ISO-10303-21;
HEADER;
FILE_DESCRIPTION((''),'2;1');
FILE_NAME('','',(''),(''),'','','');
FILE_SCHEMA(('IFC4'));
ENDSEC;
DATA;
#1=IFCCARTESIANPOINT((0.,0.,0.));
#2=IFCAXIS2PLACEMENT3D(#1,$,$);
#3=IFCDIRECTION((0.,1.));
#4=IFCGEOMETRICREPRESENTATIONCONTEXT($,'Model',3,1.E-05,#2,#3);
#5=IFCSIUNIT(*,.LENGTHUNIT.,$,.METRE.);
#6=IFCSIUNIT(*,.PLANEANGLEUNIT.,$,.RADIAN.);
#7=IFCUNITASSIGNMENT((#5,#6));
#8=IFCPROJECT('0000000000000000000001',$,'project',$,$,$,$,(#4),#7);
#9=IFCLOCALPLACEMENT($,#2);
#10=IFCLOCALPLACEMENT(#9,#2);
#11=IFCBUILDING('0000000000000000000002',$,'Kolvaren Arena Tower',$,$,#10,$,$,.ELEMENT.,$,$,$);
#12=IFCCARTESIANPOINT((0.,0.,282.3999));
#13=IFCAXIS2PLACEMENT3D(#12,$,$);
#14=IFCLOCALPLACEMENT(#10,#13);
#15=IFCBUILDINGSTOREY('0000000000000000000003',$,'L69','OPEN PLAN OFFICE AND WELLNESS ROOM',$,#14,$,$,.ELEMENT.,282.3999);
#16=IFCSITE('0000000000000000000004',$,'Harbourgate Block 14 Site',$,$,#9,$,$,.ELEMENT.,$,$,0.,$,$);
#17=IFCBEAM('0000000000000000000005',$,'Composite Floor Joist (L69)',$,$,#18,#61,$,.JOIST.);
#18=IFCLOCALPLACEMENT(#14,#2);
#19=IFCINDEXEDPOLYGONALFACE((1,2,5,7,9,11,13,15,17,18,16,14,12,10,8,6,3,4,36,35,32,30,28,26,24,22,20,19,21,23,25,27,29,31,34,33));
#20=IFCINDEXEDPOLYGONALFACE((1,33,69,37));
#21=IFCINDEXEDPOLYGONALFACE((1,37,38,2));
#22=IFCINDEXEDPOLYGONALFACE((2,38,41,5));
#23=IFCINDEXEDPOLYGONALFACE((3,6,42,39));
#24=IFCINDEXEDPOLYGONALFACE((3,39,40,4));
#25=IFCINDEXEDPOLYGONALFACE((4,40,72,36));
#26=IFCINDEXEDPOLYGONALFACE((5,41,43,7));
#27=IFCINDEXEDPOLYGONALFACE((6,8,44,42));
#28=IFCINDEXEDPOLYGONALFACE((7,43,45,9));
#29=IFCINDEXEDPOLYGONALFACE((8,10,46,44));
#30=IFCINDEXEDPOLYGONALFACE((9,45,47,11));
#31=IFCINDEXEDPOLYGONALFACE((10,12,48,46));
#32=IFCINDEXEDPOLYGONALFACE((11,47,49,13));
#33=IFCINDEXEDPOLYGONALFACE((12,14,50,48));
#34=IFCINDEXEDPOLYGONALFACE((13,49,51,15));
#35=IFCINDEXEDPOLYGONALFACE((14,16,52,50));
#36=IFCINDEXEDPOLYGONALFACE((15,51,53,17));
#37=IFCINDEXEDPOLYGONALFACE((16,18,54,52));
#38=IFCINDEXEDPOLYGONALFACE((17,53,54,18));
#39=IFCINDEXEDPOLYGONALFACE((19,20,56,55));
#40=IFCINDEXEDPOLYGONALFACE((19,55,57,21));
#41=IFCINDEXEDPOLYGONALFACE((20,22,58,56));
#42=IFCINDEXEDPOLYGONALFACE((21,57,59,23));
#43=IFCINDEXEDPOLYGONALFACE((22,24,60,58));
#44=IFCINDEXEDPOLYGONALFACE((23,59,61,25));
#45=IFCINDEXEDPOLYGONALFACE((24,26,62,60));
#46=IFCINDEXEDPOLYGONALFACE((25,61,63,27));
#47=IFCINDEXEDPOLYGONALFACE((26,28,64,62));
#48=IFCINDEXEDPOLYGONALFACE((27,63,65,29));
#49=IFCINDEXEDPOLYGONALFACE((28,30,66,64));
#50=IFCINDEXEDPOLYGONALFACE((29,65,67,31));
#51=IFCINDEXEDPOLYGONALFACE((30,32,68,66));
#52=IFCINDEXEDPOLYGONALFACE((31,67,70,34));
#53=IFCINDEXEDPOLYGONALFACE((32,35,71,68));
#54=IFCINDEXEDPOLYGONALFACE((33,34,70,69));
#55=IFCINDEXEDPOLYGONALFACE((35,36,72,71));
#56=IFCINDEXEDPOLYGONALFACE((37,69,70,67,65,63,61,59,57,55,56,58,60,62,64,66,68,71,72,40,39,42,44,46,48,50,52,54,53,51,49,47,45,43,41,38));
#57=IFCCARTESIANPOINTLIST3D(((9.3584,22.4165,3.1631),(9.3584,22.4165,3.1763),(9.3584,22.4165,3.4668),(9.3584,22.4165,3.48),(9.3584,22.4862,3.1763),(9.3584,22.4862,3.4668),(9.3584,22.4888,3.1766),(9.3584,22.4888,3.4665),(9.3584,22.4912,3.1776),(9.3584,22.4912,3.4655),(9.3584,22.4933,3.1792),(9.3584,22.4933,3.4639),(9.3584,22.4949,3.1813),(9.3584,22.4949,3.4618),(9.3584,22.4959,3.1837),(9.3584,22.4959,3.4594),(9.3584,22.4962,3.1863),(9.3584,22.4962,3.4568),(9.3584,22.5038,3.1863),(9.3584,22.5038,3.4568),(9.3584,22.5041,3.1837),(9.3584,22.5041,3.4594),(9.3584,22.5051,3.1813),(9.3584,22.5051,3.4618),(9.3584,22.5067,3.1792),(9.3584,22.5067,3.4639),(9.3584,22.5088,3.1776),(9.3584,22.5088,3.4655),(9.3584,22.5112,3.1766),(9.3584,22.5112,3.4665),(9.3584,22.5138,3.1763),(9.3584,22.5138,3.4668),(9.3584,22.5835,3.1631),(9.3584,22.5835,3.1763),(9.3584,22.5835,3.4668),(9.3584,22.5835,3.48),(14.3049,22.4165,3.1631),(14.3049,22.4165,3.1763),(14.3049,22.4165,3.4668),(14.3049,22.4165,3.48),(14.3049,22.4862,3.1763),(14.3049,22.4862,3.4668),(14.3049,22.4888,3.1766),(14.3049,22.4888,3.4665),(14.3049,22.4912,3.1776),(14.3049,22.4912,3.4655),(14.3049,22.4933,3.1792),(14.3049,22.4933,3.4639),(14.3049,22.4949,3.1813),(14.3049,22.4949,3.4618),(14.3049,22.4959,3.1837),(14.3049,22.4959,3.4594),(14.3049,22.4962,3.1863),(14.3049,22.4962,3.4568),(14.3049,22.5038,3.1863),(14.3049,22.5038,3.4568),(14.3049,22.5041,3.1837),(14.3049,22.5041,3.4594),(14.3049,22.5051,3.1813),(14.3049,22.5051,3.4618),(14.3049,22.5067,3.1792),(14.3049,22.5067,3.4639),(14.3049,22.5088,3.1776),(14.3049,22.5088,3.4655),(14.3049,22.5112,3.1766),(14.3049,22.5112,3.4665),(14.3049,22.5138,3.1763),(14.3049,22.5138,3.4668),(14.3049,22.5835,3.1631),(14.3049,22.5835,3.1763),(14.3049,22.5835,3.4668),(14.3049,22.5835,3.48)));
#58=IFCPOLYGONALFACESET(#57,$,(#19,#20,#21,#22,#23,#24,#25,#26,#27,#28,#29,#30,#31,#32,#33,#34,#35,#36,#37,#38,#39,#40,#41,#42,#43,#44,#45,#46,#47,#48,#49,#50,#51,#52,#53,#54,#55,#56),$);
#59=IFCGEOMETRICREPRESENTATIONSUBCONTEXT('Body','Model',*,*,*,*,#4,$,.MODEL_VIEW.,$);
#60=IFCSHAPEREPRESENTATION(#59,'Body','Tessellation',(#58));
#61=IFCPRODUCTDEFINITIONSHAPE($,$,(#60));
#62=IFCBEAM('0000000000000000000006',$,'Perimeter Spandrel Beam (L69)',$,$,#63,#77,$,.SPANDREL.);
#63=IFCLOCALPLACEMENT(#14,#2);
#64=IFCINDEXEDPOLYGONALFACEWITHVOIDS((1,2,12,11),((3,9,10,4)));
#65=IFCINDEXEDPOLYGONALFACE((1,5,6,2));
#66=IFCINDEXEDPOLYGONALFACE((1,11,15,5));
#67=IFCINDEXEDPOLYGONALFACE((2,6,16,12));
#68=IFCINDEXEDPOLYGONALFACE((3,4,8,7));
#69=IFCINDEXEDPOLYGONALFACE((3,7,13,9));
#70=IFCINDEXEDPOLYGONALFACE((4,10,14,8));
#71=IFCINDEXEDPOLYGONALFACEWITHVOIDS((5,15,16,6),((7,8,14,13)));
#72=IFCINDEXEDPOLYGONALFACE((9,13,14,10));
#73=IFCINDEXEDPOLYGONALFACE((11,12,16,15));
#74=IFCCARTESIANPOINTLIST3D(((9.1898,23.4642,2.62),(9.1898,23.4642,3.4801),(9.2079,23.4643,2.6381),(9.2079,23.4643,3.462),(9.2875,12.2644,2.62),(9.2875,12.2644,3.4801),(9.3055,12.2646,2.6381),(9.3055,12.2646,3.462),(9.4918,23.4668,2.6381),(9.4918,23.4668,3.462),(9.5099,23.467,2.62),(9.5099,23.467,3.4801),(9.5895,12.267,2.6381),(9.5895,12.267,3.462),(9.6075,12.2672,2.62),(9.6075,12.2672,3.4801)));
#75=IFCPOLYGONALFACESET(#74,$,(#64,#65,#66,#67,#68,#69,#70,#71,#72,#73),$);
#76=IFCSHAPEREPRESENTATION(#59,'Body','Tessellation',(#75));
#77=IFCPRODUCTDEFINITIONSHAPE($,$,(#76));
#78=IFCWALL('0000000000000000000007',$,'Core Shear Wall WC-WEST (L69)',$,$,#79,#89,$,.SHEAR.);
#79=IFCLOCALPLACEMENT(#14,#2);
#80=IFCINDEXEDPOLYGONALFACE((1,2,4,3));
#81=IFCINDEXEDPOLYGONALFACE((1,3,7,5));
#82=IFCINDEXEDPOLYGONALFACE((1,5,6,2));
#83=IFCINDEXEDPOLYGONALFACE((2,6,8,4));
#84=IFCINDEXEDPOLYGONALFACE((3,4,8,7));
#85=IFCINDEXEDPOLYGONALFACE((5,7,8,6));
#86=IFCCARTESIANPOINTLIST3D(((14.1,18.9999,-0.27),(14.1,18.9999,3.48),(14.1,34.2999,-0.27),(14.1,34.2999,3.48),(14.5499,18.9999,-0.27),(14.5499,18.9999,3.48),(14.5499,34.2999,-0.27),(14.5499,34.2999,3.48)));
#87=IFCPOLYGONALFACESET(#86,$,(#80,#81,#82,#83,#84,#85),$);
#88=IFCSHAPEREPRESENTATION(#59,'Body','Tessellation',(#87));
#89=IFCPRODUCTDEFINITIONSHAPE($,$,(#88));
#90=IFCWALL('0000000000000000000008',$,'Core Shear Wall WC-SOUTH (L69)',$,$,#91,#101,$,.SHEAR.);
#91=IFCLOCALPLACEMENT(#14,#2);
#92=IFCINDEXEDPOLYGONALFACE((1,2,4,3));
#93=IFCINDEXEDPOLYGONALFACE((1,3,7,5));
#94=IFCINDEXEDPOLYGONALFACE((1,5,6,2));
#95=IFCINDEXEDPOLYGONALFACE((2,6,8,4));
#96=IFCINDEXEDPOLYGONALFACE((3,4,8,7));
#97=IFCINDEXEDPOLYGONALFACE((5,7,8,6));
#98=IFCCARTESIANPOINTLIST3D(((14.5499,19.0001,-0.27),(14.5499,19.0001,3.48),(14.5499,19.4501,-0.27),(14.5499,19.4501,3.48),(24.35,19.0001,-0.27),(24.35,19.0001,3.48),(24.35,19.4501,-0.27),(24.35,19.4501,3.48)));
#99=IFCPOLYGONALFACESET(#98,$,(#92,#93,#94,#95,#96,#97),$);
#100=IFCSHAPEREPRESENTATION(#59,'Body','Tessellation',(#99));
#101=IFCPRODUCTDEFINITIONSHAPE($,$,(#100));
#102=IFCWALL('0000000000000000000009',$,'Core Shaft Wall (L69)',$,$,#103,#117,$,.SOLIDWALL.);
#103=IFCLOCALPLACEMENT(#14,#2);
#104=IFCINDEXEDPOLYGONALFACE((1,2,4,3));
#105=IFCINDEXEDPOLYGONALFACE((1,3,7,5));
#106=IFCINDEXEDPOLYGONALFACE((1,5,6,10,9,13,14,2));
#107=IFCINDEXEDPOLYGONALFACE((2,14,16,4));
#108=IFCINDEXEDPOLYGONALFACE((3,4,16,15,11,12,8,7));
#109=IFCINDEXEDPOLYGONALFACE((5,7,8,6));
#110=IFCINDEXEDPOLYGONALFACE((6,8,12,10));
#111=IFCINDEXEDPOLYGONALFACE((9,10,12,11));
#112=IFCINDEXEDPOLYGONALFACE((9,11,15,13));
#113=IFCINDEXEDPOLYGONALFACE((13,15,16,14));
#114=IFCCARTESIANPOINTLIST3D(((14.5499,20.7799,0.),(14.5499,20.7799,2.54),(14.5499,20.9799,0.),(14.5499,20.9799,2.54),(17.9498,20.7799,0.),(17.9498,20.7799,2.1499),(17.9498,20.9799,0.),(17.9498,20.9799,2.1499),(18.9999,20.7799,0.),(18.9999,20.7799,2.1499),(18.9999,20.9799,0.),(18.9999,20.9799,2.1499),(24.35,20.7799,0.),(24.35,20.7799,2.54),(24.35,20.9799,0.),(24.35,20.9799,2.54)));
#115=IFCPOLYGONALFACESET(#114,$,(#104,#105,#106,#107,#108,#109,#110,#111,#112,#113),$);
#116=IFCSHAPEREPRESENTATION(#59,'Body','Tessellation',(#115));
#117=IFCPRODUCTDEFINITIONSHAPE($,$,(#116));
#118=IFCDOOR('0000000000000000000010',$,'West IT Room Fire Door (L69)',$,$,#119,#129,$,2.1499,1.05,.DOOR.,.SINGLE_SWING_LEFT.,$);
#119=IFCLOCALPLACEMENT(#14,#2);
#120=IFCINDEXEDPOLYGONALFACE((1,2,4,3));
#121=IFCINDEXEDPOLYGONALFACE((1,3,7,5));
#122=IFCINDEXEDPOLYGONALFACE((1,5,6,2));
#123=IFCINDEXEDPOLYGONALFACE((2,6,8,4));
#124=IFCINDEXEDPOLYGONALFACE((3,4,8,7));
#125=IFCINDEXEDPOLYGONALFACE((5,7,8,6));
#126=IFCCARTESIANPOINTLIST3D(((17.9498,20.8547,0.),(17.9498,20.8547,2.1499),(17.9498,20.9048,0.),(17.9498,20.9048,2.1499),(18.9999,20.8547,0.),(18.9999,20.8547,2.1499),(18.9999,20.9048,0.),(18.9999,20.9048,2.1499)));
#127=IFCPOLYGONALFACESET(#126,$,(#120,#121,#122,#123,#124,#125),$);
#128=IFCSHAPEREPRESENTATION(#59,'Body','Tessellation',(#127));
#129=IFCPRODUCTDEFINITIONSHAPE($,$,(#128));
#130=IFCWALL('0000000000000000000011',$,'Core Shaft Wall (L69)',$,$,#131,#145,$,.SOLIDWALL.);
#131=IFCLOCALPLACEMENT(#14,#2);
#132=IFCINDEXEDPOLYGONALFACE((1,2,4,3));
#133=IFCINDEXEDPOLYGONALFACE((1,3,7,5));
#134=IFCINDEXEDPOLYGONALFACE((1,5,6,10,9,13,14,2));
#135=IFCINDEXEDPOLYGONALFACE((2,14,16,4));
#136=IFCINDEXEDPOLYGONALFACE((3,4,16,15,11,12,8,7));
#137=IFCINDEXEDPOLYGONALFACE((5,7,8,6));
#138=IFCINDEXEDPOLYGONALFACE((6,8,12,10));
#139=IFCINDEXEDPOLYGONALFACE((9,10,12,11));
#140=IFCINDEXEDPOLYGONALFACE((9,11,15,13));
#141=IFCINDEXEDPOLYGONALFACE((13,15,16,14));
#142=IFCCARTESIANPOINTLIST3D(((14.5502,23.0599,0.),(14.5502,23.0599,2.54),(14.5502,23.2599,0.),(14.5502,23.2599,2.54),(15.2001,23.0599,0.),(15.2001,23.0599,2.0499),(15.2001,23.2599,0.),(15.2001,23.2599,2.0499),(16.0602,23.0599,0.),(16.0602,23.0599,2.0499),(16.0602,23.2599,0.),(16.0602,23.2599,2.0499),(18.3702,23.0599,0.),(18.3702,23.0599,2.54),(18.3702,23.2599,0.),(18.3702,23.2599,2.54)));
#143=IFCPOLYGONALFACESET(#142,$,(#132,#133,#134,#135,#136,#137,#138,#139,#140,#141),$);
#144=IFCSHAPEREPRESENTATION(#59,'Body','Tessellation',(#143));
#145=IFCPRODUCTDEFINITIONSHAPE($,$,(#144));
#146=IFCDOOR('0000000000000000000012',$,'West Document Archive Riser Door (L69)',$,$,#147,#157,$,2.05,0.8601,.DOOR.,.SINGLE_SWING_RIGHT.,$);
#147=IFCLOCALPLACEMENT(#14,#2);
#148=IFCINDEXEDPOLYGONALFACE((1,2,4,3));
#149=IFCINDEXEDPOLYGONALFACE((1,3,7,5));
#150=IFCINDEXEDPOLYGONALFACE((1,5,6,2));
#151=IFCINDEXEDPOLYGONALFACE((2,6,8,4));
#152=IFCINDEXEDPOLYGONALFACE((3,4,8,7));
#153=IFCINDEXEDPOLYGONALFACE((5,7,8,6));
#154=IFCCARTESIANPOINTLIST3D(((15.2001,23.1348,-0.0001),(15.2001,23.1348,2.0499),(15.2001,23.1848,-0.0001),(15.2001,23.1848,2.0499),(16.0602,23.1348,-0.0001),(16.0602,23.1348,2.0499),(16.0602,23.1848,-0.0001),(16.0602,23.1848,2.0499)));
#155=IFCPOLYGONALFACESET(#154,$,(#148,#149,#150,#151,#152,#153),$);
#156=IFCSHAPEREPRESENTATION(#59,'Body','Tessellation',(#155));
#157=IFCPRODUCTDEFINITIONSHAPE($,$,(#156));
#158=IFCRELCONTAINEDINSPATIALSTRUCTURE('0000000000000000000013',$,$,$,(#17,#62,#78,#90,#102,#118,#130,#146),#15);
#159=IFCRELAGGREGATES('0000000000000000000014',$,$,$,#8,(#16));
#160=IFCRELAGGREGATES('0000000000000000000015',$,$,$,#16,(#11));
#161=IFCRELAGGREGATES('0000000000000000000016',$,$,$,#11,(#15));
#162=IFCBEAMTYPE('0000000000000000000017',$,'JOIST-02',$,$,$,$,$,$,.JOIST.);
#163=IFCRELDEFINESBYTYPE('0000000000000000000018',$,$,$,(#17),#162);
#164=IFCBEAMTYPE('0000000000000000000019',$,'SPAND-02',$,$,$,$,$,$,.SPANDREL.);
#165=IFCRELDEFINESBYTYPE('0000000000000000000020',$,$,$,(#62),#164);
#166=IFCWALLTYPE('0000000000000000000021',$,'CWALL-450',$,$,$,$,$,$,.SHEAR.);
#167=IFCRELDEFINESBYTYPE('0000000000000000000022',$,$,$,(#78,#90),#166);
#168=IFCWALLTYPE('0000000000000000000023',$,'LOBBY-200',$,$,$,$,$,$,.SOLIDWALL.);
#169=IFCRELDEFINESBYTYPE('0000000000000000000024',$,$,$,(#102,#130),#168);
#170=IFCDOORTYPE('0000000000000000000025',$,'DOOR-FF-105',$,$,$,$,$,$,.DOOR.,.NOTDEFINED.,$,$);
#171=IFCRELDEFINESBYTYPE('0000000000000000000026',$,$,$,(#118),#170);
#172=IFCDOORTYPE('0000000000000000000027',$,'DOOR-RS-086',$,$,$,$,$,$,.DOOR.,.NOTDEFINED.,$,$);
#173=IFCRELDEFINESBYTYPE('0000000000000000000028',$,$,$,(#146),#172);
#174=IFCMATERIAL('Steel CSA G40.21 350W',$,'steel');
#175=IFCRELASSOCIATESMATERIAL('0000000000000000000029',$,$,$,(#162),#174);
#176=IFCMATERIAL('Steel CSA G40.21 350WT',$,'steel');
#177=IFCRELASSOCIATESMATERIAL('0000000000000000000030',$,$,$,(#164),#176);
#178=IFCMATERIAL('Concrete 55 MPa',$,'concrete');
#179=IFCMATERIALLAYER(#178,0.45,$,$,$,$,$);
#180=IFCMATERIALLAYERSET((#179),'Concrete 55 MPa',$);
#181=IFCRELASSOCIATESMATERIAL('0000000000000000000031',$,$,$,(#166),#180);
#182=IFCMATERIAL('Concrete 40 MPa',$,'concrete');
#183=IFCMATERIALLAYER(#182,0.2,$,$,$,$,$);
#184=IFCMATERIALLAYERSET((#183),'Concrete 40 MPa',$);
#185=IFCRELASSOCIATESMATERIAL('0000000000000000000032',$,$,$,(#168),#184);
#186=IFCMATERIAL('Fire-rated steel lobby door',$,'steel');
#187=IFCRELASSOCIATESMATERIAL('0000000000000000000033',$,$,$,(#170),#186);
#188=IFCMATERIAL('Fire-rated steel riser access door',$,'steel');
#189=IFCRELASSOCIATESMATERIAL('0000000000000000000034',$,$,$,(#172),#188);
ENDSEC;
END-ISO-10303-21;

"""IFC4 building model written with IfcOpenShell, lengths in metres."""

from ifc_helpers import new_model, si_unit, direction, frame, frame_2d, origin, origin_2d, place, context, subcontext, project, spatial, rectangle, hollow_rectangle, i_section, extrude, material, layer, layer_set, material_profile, profile_set, type_object, element, fill, save


model = new_model("IFC4")

# Units and contexts
model_context = context("Model", 3, precision=1e-05, world=origin(), true_north=direction((0.0, 1.0)))
body_context = subcontext(model_context, "Body", "Model", "MODEL_VIEW")
ifc_project = project(units=[si_unit("LENGTHUNIT", "METRE"), si_unit("PLANEANGLEUNIT", "RADIAN")], contexts=[model_context])

# Site, building, storey
site_placement = place(None, origin())
site = spatial("IfcSite", under=ifc_project, at=site_placement, Name="Harbourgate Block 14 Site", CompositionType="ELEMENT", RefElevation=0.0)
building_placement = place(site_placement, origin())
building = spatial("IfcBuilding", under=site, at=building_placement, Name="Kolvaren Arena Tower", CompositionType="ELEMENT")
storey_placement = place(building_placement, frame((0.0, 0.0, 282.3999)))
storey = spatial("IfcBuildingStorey", under=building, at=storey_placement, Name="L69", Description="OPEN PLAN OFFICE AND WELLNESS ROOM", CompositionType="ELEMENT", Elevation=282.3999)

# Beams
ifc_material_1 = material(Name="Steel CSA G40.21 350W", Category="steel")
ifc_material_profile_1 = material_profile(ifc_material_1, i_section(OverallWidth=0.167, OverallDepth=0.3169, WebThickness=0.0076, FlangeThickness=0.0132, FilletRadius=0.01, at=origin_2d()), Name="W310x52")
ifc_profile_set_1 = profile_set([ifc_material_profile_1], Name="Steel CSA G40.21 350W")
beam_type_1 = type_object("IfcBeamType", Name="JOIST-02", PredefinedType="JOIST", material=ifc_profile_set_1)
beam_1_placement = place(storey_placement, frame((9.3584, 22.5, 3.3215), z_axis=(1.0, 0.0, 0.0), x_axis=(0.0, 1.0, 0.0)))
element("IfcBeam", 1, at=beam_1_placement, inside=storey, type_object=beam_type_1, Name="Composite Floor Joist (L69)", PredefinedType="JOIST", context=body_context, shape_type="SweptSolid", body=[
    extrude(i_section(OverallWidth=0.167, OverallDepth=0.3169, WebThickness=0.0076, FlangeThickness=0.0132, FilletRadius=0.01, at=origin_2d()), origin(), (0.0, 0.0, 1.0), 4.9465),
])
ifc_material_2 = material(Name="Steel CSA G40.21 350WT", Category="steel")
ifc_material_profile_2 = material_profile(ifc_material_2, hollow_rectangle(XDim=0.3201, YDim=0.8601, WallThickness=0.0181, at=origin_2d()), Name="HSS 860x320x18")
ifc_profile_set_2 = profile_set([ifc_material_profile_2], Name="Steel CSA G40.21 350WT")
beam_type_2 = type_object("IfcBeamType", Name="SPAND-02", PredefinedType="SPANDREL", material=ifc_profile_set_2)
beam_2_placement = place(storey_placement, frame((9.3499, 23.4656, 3.05), z_axis=(0.008719, -0.999962, 0.0), x_axis=(0.999962, 0.008719, 0.0)))
element("IfcBeam", 2, at=beam_2_placement, inside=storey, type_object=beam_type_2, Name="Perimeter Spandrel Beam (L69)", PredefinedType="SPANDREL", context=body_context, shape_type="SweptSolid", body=[
    extrude(hollow_rectangle(XDim=0.3201, YDim=0.8601, WallThickness=0.0181, at=origin_2d()), origin(), (0.0, 0.0, 1.0), 11.2002),
])

# Walls
ifc_material_3 = material(Name="Concrete 55 MPa", Category="concrete")
ifc_layer_1 = layer(ifc_material_3, 0.45)
ifc_layer_set_1 = layer_set([ifc_layer_1], Name="Concrete 55 MPa")
wall_type_1 = type_object("IfcWallType", Name="CWALL-450", PredefinedType="SHEAR", material=ifc_layer_set_1)
wall_1_placement = place(storey_placement, frame((14.325, 19.0, -0.27), z_axis=(0.0, 0.0, 1.0), x_axis=(0.0, 1.0, 0.0)))
element("IfcWall", 3, at=wall_1_placement, inside=storey, type_object=wall_type_1, Name="Core Shear Wall WC-WEST (L69)", PredefinedType="SHEAR", context=body_context, shape_type="SweptSolid", body=[
    extrude(rectangle(XDim=15.3, YDim=0.45, at=frame_2d((7.6499, 0.0))), origin(), (0.0, 0.0, 1.0), 3.75),
])
wall_2_placement = place(storey_placement, frame((14.55, 19.2251, -0.27), z_axis=(0.0, 0.0, 1.0), x_axis=(1.0, 0.0, 0.0)))
element("IfcWall", 4, at=wall_2_placement, inside=storey, type_object=wall_type_1, Name="Core Shear Wall WC-SOUTH (L69)", PredefinedType="SHEAR", context=body_context, shape_type="SweptSolid", body=[
    extrude(rectangle(XDim=9.8, YDim=0.45, at=frame_2d((4.8999, 0.0))), origin(), (0.0, 0.0, 1.0), 3.75),
])

# Walls, openings, doors
ifc_material_4 = material(Name="Concrete 40 MPa", Category="concrete")
ifc_layer_2 = layer(ifc_material_4, 0.2)
ifc_layer_set_2 = layer_set([ifc_layer_2], Name="Concrete 40 MPa")
wall_type_2 = type_object("IfcWallType", Name="LOBBY-200", PredefinedType="SOLIDWALL", material=ifc_layer_set_2)
wall_3_placement = place(storey_placement, frame((14.55, 20.8799, 0.0), z_axis=(0.0, 0.0, 1.0), x_axis=(1.0, 0.0, 0.0)))
wall_3 = element("IfcWall", 5, at=wall_3_placement, inside=storey, type_object=wall_type_2, Name="Core Shaft Wall (L69)", PredefinedType="SOLIDWALL", context=body_context, shape_type="SweptSolid", body=[
    extrude(rectangle(XDim=9.8, YDim=0.2, at=frame_2d((4.8999, 0.0))), origin(), (0.0, 0.0, 1.0), 2.54),
])
opening_1_placement = place(wall_3_placement, frame((3.3999, 0.0, 0.0)))
opening_1 = element("IfcOpeningElement", 6, at=opening_1_placement, cuts=wall_3, PredefinedType="OPENING", context=body_context, shape_type="SweptSolid", body=[
    extrude(rectangle(XDim=1.05, YDim=2.1499, at=frame_2d((0.5249, 1.075))), frame((0.0, 0.1099, 0.0), z_axis=(0.0, -1.0, 0.0), x_axis=(1.0, 0.0, 0.0)), (0.0, 0.0, 1.0), 0.22),
])
ifc_material_5 = material(Name="Fire-rated steel lobby door", Category="steel")
door_type_1 = type_object("IfcDoorType", Name="DOOR-FF-105", OperationType="NOTDEFINED", PredefinedType="DOOR", material=ifc_material_5)
door_1_placement = place(opening_1_placement, origin())
door_1 = element("IfcDoor", 7, at=door_1_placement, inside=storey, type_object=door_type_1, Name="West IT Room Fire Door (L69)", OperationType="SINGLE_SWING_LEFT", OverallHeight=2.1499, OverallWidth=1.05, PredefinedType="DOOR", context=body_context, shape_type="SweptSolid", body=[
    extrude(rectangle(XDim=1.05, YDim=2.1499, at=frame_2d((0.5249, 1.075))), frame((0.0, 0.0249, 0.0), z_axis=(0.0, -1.0, 0.0), x_axis=(1.0, 0.0, 0.0)), (0.0, 0.0, 1.0), 0.05),
])
fill(opening_1, door_1)
wall_4_placement = place(storey_placement, frame((14.55, 23.1599, 0.0), z_axis=(0.0, 0.0, 1.0), x_axis=(1.0, 0.0, 0.0)))
wall_4 = element("IfcWall", 8, at=wall_4_placement, inside=storey, type_object=wall_type_2, Name="Core Shaft Wall (L69)", PredefinedType="SOLIDWALL", context=body_context, shape_type="SweptSolid", body=[
    extrude(rectangle(XDim=3.8201, YDim=0.2, at=frame_2d((1.9102, 0.0))), origin(), (0.0, 0.0, 1.0), 2.54),
])
opening_2_placement = place(wall_4_placement, frame((0.6499, 0.0, 0.0)))
opening_2 = element("IfcOpeningElement", 9, at=opening_2_placement, cuts=wall_4, PredefinedType="OPENING", context=body_context, shape_type="SweptSolid", body=[
    extrude(rectangle(XDim=0.8601, YDim=2.05, at=frame_2d((0.4302, 1.0249))), frame((0.0, 0.1099, 0.0), z_axis=(0.0, -1.0, 0.0), x_axis=(1.0, 0.0, 0.0)), (0.0, 0.0, 1.0), 0.22),
])
ifc_material_6 = material(Name="Fire-rated steel riser access door", Category="steel")
door_type_2 = type_object("IfcDoorType", Name="DOOR-RS-086", OperationType="NOTDEFINED", PredefinedType="DOOR", material=ifc_material_6)
door_2_placement = place(opening_2_placement, origin())
door_2 = element("IfcDoor", 10, at=door_2_placement, inside=storey, type_object=door_type_2, Name="West Document Archive Riser Door (L69)", OperationType="SINGLE_SWING_RIGHT", OverallHeight=2.05, OverallWidth=0.8601, PredefinedType="DOOR", context=body_context, shape_type="SweptSolid", body=[
    extrude(rectangle(XDim=0.8601, YDim=2.05, at=frame_2d((0.4302, 1.0249))), frame((0.0, 0.0249, 0.0), z_axis=(0.0, -1.0, 0.0), x_axis=(1.0, 0.0, 0.0)), (0.0, 0.0, 1.0), 0.05),
])
fill(opening_2, door_2)

save(model, "model.ifc")
